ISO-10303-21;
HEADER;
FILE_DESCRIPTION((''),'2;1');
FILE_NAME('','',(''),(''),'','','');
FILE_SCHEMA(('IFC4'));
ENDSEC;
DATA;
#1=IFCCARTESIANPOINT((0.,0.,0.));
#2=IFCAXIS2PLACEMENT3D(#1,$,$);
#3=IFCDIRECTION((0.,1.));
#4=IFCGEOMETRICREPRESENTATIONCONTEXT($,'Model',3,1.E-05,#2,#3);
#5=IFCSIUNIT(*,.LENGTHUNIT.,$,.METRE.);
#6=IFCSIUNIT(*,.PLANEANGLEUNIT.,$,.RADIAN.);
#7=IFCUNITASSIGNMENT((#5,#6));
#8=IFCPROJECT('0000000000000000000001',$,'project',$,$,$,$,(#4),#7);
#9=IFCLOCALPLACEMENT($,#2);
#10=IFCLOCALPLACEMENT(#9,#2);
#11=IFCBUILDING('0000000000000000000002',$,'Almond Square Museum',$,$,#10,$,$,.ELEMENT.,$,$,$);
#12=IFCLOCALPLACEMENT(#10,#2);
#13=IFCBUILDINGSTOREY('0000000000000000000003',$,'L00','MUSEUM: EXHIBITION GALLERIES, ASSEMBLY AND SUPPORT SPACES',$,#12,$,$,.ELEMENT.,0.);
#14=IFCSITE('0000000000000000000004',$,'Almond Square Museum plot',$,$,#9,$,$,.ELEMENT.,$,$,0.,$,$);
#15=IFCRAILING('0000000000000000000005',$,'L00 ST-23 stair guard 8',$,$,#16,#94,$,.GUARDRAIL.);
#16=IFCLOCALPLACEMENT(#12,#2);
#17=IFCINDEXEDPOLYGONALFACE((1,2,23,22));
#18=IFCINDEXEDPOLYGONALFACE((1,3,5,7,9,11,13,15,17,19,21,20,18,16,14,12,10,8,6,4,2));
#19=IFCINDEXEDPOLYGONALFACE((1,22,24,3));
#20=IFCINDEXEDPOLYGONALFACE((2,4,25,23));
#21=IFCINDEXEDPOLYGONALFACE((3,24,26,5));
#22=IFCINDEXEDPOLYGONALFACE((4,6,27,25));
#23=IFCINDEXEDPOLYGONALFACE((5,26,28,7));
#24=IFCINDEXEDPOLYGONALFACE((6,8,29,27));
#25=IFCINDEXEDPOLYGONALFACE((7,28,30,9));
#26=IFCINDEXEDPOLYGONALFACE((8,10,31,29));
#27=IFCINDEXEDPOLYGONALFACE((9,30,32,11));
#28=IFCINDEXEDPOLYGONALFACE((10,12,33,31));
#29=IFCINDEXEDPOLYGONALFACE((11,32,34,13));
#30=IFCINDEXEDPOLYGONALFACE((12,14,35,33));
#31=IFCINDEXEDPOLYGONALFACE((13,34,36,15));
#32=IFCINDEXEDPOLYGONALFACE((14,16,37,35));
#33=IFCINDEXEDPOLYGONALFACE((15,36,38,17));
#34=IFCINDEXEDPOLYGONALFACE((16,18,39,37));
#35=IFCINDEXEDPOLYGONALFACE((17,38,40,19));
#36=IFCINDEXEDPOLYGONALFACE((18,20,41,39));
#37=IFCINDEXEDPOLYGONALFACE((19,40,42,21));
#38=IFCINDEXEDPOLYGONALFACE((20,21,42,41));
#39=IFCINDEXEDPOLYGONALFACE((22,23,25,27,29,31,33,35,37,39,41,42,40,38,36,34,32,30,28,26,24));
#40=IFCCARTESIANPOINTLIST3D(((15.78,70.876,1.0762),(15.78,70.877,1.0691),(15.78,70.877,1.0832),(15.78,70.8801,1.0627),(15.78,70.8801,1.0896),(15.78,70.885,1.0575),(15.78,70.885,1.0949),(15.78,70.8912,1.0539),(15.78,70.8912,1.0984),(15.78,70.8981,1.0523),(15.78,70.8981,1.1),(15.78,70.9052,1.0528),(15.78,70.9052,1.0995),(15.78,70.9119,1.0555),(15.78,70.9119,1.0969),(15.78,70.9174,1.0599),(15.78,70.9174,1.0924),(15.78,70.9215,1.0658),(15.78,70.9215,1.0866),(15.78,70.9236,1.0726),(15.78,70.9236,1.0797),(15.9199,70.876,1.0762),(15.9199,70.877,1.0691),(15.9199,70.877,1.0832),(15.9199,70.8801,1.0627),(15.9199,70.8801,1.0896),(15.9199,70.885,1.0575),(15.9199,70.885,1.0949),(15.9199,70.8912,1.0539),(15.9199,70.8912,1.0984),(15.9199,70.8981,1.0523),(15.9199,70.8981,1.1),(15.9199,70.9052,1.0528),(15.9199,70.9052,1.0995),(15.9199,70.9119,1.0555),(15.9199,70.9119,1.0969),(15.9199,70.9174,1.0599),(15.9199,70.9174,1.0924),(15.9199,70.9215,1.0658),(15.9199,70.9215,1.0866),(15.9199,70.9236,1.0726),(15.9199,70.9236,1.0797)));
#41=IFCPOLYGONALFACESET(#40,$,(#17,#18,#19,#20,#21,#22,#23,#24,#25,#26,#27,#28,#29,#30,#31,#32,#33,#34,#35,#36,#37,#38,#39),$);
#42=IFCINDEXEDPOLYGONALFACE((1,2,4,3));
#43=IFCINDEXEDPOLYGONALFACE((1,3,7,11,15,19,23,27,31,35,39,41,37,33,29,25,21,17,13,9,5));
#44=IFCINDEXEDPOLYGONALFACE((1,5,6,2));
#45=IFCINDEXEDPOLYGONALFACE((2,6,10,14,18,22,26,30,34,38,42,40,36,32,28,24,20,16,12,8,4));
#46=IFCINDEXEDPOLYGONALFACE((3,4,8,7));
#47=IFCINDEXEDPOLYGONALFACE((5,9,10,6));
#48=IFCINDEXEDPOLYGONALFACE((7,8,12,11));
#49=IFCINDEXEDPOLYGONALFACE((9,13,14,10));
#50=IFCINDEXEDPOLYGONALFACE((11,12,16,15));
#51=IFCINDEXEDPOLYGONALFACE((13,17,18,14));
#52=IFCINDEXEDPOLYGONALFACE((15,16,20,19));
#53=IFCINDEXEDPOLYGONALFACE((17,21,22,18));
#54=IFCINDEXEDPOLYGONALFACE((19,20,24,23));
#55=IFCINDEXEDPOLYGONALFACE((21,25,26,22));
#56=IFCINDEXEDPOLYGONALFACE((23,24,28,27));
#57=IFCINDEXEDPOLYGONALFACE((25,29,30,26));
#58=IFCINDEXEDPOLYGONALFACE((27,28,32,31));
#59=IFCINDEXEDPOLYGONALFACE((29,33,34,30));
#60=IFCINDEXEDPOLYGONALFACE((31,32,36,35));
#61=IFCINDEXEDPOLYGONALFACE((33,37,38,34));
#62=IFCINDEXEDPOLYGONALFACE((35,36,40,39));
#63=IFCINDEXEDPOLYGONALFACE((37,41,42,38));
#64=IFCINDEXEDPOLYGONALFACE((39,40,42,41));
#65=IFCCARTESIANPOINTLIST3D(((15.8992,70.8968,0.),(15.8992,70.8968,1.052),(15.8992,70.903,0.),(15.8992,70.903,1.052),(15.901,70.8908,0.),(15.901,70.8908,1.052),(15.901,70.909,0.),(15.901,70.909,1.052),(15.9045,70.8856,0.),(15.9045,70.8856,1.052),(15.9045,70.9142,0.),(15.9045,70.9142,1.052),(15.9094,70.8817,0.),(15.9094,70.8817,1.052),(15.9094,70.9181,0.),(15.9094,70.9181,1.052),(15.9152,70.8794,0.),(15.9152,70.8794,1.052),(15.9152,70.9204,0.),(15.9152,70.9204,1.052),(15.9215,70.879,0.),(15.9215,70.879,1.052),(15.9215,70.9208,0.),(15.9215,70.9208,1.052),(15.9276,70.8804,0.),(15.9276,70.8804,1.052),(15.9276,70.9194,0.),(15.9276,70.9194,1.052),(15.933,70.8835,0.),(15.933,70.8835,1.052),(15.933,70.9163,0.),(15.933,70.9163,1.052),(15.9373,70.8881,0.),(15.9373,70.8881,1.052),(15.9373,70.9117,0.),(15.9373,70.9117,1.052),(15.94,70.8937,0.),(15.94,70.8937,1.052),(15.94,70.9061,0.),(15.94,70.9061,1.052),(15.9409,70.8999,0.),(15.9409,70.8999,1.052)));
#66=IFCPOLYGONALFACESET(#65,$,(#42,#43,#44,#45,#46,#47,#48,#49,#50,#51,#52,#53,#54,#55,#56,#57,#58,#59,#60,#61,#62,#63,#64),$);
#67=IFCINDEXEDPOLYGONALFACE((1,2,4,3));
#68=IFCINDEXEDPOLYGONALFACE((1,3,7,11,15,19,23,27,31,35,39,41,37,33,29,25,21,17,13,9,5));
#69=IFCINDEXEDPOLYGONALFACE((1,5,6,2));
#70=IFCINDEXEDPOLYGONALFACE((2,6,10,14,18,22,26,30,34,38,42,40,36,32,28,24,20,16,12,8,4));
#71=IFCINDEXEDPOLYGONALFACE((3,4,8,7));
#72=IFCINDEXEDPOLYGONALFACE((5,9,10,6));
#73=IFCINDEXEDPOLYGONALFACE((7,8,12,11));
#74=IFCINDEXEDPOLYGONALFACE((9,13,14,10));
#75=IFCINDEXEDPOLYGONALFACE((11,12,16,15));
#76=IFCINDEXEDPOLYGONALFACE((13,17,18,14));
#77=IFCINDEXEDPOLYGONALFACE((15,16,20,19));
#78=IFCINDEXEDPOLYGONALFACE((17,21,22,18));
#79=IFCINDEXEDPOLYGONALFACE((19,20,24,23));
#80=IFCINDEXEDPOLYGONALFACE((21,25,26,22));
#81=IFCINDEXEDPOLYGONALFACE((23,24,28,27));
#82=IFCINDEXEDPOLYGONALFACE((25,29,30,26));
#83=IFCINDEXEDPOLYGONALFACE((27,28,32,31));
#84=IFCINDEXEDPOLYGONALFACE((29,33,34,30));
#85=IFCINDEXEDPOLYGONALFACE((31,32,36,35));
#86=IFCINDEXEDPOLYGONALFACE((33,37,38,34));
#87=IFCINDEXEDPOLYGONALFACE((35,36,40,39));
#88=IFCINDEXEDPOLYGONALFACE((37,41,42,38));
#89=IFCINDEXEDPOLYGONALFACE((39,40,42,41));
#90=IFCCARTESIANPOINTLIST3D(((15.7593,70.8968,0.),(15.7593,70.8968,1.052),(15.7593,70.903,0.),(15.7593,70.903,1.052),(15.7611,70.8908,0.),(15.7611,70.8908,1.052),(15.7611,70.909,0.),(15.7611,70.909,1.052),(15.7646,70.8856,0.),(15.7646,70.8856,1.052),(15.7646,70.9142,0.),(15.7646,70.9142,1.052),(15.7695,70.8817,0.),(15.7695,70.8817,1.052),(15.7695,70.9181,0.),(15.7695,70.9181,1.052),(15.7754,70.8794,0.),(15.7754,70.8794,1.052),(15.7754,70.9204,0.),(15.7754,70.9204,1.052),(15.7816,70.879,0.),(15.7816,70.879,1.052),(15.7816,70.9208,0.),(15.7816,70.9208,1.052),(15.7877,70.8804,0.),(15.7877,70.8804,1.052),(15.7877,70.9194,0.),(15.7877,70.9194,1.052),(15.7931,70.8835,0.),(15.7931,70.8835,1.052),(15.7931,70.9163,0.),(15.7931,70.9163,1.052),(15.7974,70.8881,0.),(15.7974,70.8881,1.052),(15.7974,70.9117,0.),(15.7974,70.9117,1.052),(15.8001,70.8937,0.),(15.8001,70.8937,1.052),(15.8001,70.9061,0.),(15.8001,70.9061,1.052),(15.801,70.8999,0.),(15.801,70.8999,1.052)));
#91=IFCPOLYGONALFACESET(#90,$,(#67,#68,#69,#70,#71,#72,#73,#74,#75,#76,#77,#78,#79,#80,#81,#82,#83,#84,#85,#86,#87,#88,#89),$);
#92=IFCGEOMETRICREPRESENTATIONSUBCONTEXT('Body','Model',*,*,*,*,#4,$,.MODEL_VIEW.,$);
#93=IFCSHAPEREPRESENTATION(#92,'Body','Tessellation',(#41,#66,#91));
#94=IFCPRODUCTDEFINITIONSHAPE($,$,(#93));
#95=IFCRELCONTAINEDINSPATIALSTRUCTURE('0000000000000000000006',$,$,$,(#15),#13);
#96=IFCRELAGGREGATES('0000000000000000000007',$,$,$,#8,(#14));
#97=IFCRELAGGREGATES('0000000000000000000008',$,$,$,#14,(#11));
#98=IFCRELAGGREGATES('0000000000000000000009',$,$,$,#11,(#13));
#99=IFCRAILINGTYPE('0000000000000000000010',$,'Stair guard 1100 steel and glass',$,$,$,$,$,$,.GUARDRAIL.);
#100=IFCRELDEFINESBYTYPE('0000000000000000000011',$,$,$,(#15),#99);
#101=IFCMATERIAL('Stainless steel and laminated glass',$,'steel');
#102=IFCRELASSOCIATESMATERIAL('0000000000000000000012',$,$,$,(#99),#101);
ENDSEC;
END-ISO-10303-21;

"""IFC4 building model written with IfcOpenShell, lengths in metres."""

from ifc_helpers import new_model, si_unit, direction, frame, origin, origin_2d, place, context, subcontext, project, spatial, circle, extrude, material, type_object, element, save


model = new_model("IFC4")

# Units and contexts
model_context = context("Model", 3, precision=1e-05, world=origin(), true_north=direction((0.0, 1.0)))
body_context = subcontext(model_context, "Body", "Model", "MODEL_VIEW")
ifc_project = project(units=[si_unit("LENGTHUNIT", "METRE"), si_unit("PLANEANGLEUNIT", "RADIAN")], contexts=[model_context])

# Site, building, storey
site_placement = place(None, origin())
site = spatial("IfcSite", under=ifc_project, at=site_placement, Name="Almond Square Museum plot", CompositionType="ELEMENT", RefElevation=0.0)
building_placement = place(site_placement, origin())
building = spatial("IfcBuilding", under=site, at=building_placement, Name="Almond Square Museum", CompositionType="ELEMENT")
storey_placement = place(building_placement, origin())
storey = spatial("IfcBuildingStorey", under=building, at=storey_placement, Name="L00", Description="MUSEUM: EXHIBITION GALLERIES, ASSEMBLY AND SUPPORT SPACES", CompositionType="ELEMENT", Elevation=0.0)

# Railing
ifc_material_1 = material(Name="Stainless steel and laminated glass", Category="steel")
railing_type_1 = type_object("IfcRailingType", Name="Stair guard 1100 steel and glass", PredefinedType="GUARDRAIL", material=ifc_material_1)
railing_1_placement = place(storey_placement, frame((15.9199, 70.8999, 0.0)))
element("IfcRailing", 1, at=railing_1_placement, inside=storey, type_object=railing_type_1, Name="L00 ST-23 stair guard 8", PredefinedType="GUARDRAIL", context=body_context, shape_type="SweptSolid", body=[
    extrude(circle(Radius=0.0239, at=origin_2d()), frame((0.0, 0.0, 1.0762), z_axis=(-1.0, 0.0, 0.0), x_axis=(0.0, -1.0, 0.0)), (0.0, 0.0, 1.0), 0.1399),
    extrude(circle(Radius=0.021, at=origin_2d()), origin(), (0.0, 0.0, 1.0), 1.052),
    extrude(circle(Radius=0.021, at=origin_2d()), frame((-0.1399, 0.0, 0.0)), (0.0, 0.0, 1.0), 1.052),
])

save(model, "model.ifc")
